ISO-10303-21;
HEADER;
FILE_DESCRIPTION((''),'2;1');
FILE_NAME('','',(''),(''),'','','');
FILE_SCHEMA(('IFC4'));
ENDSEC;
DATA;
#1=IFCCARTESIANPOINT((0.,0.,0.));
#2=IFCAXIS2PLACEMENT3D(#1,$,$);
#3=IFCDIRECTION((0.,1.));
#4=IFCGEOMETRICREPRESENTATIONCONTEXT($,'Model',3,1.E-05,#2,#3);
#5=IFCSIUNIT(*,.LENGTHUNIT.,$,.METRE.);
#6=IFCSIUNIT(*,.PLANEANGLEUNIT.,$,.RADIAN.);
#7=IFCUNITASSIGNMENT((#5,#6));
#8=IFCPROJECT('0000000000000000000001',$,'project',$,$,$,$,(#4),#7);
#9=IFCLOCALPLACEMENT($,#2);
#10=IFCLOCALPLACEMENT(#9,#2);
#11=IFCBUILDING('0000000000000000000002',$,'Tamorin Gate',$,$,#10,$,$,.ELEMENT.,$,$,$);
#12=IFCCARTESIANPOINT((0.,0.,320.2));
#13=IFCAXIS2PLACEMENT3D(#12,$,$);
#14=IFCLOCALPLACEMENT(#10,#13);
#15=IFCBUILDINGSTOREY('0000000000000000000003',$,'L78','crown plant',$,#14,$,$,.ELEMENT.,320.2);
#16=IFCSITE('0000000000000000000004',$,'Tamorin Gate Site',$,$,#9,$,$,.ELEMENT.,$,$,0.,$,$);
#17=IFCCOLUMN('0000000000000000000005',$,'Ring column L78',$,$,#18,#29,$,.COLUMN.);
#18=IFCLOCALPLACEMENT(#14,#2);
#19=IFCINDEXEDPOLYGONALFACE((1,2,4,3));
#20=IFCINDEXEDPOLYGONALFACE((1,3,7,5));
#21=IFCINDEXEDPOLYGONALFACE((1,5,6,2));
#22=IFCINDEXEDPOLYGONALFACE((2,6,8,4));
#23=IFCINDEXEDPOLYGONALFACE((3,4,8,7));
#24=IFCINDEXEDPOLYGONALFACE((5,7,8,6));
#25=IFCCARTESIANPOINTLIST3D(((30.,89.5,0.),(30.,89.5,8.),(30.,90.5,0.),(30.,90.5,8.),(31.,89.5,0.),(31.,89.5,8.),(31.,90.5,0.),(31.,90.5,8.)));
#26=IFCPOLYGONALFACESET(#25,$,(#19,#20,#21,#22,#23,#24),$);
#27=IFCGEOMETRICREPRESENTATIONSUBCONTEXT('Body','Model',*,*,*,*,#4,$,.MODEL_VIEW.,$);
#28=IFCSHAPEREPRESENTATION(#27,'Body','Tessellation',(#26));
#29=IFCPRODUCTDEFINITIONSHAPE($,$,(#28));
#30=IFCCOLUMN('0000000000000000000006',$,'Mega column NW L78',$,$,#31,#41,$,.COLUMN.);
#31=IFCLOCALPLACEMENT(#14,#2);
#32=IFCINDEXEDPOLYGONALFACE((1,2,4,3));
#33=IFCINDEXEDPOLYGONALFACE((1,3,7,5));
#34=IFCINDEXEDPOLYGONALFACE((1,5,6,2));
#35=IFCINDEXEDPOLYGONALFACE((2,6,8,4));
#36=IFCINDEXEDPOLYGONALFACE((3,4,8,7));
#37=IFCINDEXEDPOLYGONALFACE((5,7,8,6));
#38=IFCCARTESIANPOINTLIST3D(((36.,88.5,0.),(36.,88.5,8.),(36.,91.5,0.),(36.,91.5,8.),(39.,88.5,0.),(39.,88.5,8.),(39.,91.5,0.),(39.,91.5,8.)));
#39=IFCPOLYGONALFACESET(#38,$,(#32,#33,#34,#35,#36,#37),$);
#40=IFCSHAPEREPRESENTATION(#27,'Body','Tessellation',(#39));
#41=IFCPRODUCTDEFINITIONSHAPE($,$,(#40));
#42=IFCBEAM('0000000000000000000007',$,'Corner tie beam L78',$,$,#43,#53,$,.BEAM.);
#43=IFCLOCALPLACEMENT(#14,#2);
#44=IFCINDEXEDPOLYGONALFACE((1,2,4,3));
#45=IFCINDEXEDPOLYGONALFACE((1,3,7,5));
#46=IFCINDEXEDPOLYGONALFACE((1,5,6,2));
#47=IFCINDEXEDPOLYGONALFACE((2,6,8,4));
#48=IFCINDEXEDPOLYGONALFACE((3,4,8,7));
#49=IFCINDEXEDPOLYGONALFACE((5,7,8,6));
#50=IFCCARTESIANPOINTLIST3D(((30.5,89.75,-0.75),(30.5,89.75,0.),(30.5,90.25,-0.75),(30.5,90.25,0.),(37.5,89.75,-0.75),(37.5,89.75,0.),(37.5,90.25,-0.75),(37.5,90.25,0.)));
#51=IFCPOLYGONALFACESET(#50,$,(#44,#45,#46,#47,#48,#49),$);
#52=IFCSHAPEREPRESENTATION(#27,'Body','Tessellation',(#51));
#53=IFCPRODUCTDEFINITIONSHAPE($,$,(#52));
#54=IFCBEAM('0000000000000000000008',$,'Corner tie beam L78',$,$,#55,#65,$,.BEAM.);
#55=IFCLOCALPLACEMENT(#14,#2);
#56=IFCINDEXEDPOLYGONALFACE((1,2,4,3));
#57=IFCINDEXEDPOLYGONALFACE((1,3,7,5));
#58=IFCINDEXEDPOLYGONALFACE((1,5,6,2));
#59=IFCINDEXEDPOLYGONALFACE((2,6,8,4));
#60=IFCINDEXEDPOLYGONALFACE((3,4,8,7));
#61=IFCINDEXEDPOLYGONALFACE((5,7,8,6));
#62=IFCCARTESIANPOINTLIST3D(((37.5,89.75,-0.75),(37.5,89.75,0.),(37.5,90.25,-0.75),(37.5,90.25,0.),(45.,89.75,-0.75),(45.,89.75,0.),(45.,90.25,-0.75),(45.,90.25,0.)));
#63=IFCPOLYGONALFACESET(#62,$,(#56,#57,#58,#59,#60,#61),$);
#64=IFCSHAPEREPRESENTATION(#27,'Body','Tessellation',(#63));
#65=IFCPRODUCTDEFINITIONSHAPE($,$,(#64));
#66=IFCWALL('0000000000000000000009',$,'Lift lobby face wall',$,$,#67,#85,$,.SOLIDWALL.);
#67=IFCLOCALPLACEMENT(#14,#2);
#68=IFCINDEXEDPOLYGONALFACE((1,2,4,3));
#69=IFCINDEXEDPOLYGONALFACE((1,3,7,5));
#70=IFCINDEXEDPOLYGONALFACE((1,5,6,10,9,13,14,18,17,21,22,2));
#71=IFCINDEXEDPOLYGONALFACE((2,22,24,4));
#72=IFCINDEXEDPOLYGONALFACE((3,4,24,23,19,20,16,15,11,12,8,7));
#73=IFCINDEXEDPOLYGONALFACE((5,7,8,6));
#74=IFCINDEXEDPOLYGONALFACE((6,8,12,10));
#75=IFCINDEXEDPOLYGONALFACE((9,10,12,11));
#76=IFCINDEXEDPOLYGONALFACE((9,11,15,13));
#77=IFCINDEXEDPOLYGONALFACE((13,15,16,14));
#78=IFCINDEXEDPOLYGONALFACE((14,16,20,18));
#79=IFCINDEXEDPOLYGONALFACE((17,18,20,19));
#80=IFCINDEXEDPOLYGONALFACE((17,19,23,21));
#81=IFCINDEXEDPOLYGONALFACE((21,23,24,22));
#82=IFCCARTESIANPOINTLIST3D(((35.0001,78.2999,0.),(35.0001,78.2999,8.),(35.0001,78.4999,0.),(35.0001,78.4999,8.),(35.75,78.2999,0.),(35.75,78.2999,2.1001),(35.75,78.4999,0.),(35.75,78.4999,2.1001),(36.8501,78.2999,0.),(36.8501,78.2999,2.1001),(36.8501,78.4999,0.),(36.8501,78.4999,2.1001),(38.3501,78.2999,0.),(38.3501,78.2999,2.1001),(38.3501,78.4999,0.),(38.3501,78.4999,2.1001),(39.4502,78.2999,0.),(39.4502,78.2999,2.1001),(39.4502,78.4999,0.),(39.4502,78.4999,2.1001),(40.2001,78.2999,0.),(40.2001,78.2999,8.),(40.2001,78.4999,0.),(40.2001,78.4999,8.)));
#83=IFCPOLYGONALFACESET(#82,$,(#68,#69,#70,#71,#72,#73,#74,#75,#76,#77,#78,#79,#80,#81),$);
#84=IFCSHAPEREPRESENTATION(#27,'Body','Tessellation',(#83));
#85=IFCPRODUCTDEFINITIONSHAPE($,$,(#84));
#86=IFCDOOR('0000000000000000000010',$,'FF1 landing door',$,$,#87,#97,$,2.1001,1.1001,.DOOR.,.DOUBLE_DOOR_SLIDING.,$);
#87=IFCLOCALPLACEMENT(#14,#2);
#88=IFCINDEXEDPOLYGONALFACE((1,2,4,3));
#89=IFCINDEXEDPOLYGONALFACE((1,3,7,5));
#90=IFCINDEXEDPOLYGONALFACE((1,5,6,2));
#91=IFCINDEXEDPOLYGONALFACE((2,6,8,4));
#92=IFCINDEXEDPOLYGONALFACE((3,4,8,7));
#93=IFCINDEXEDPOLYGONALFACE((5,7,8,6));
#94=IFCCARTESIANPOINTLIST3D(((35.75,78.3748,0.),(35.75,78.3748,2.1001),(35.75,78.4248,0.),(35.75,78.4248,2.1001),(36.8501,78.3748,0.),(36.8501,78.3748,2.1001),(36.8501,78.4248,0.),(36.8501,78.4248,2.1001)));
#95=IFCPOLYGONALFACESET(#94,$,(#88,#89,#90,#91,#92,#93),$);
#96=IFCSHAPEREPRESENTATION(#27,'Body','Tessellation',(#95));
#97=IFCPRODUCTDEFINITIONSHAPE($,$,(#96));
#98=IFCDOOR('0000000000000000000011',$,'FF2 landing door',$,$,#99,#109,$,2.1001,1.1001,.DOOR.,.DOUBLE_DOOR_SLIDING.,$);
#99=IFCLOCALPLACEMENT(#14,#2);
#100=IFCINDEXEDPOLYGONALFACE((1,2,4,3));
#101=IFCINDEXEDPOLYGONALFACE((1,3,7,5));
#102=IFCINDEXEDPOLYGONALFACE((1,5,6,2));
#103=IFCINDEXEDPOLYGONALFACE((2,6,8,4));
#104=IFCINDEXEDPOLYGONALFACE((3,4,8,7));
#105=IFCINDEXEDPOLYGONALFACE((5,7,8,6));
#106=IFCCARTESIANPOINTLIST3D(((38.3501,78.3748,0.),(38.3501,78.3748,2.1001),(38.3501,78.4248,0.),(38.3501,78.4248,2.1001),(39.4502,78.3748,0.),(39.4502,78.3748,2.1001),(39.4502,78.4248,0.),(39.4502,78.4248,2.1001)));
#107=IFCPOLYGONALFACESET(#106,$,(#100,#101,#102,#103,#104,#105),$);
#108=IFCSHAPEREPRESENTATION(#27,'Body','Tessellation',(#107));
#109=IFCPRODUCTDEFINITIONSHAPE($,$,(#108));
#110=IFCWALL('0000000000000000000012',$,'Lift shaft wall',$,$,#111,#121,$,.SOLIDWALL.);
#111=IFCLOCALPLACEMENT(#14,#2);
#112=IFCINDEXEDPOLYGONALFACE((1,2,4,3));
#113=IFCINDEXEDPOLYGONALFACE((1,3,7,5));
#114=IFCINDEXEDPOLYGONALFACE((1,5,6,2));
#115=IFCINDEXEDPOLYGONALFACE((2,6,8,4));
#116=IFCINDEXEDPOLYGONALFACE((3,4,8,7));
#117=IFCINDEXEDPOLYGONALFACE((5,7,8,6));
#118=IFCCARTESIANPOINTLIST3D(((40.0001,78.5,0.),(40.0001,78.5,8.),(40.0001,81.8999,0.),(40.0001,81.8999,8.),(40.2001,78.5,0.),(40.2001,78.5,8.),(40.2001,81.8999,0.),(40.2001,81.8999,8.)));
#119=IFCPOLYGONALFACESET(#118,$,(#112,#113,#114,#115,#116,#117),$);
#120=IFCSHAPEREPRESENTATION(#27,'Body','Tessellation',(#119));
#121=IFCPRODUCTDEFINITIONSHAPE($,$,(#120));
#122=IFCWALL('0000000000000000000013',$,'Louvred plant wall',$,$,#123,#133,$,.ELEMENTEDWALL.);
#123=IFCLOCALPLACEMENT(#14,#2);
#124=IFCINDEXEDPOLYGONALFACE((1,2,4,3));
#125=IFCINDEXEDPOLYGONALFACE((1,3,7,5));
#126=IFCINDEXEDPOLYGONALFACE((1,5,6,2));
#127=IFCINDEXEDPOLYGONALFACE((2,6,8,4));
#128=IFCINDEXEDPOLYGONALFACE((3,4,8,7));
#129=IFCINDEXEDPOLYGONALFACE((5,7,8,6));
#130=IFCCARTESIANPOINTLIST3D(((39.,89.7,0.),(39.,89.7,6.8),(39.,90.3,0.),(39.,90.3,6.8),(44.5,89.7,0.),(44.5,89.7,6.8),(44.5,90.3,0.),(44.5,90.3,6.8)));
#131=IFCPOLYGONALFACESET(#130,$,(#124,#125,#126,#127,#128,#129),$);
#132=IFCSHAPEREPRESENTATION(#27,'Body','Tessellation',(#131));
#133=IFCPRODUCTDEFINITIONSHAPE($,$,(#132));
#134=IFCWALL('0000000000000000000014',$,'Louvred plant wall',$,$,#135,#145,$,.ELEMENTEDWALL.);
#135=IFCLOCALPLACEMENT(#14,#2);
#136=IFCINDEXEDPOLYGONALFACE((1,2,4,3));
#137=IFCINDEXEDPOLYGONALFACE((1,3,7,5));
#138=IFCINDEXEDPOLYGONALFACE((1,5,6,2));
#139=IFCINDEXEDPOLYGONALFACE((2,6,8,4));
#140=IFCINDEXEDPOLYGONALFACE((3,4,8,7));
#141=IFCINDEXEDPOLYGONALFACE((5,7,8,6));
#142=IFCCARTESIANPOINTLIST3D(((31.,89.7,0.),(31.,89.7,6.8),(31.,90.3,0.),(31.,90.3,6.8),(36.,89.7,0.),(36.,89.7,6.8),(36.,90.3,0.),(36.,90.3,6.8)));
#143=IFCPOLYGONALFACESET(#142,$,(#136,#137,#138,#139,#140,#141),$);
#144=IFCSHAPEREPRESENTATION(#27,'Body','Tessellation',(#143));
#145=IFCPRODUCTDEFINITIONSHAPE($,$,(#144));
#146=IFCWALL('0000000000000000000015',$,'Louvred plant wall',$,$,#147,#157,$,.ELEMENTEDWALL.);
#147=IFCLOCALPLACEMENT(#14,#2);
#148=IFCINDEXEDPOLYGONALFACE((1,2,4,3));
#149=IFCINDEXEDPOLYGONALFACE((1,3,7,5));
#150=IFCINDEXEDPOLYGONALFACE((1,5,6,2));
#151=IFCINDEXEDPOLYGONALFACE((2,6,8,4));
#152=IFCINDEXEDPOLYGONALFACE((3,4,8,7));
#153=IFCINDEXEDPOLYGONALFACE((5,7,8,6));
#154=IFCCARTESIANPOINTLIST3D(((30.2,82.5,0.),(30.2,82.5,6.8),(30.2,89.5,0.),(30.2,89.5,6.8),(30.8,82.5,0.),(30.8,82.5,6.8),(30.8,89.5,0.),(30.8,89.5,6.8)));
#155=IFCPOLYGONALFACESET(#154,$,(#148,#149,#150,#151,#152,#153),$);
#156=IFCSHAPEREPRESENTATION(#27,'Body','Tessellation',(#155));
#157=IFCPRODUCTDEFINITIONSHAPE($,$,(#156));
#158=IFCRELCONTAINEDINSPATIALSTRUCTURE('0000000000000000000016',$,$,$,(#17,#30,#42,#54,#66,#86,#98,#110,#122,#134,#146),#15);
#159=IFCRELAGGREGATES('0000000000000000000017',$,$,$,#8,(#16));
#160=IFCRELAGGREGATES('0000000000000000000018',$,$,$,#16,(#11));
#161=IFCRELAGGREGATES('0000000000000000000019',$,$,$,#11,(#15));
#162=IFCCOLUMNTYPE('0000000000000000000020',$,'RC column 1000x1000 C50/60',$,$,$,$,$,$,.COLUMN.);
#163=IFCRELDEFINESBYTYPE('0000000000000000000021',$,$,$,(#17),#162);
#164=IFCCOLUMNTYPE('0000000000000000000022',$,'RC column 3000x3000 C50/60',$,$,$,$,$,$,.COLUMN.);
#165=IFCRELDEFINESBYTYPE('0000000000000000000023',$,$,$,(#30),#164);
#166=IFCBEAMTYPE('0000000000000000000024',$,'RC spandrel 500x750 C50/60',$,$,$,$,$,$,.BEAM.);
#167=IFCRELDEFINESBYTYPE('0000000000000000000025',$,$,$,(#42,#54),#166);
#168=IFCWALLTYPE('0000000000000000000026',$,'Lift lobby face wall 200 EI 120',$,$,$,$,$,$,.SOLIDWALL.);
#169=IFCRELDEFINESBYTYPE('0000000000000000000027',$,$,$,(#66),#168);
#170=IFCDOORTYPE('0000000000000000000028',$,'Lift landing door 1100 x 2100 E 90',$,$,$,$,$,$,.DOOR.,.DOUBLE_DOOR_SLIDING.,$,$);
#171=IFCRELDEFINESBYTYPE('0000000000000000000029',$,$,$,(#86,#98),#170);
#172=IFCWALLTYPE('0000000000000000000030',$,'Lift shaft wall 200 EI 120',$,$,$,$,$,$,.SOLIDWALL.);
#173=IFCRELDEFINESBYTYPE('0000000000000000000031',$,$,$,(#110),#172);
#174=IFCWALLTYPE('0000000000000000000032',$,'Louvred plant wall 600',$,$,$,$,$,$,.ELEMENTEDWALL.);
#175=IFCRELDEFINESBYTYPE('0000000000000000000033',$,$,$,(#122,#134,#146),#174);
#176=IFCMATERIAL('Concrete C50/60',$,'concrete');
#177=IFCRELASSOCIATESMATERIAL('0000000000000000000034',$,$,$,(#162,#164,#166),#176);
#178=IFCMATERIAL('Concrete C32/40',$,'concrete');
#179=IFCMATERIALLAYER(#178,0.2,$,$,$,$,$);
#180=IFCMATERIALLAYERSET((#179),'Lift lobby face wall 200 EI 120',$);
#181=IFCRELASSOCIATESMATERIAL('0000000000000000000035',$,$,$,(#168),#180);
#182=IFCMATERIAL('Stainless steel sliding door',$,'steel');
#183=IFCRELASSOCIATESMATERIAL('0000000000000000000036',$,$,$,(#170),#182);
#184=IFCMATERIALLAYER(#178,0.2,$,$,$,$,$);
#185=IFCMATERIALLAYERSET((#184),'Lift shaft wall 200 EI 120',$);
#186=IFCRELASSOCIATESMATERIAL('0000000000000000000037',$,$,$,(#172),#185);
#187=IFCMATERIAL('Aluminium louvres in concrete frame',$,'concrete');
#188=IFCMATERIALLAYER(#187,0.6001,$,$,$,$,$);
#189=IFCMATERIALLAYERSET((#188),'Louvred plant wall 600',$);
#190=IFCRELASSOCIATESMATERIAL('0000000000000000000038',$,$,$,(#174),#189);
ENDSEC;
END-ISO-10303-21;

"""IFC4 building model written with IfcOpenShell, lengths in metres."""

from ifc_helpers import new_model, si_unit, direction, frame, frame_2d, origin, origin_2d, place, context, subcontext, project, spatial, rectangle, extrude, material, layer, layer_set, material_profile, profile_set, type_object, element, fill, save


model = new_model("IFC4")

# Units and contexts
model_context = context("Model", 3, precision=1e-05, world=origin(), true_north=direction((0.0, 1.0)))
body_context = subcontext(model_context, "Body", "Model", "MODEL_VIEW")
ifc_project = project(units=[si_unit("LENGTHUNIT", "METRE"), si_unit("PLANEANGLEUNIT", "RADIAN")], contexts=[model_context])

# Site, building, storey
site_placement = place(None, origin())
site = spatial("IfcSite", under=ifc_project, at=site_placement, Name="Tamorin Gate Site", CompositionType="ELEMENT", RefElevation=0.0)
building_placement = place(site_placement, origin())
building = spatial("IfcBuilding", under=site, at=building_placement, Name="Tamorin Gate", CompositionType="ELEMENT")
storey_placement = place(building_placement, frame((0.0, 0.0, 320.2)))
storey = spatial("IfcBuildingStorey", under=building, at=storey_placement, Name="L78", Description="crown plant", CompositionType="ELEMENT", Elevation=320.2)

# Columns
ifc_material_1 = material(Name="Concrete C50/60", Category="concrete")
ifc_material_profile_1 = material_profile(ifc_material_1, rectangle(XDim=1.0, YDim=1.0, at=origin_2d()), Name="RC 1000x1000")
ifc_profile_set_1 = profile_set([ifc_material_profile_1], Name="Concrete C50/60")
column_type_1 = type_object("IfcColumnType", Name="RC column 1000x1000 C50/60", PredefinedType="COLUMN", material=ifc_profile_set_1)
column_1_placement = place(storey_placement, frame((30.5, 90.0, 0.0), z_axis=(0.0, 0.0, 1.0), x_axis=(1.0, 0.0, 0.0)))
element("IfcColumn", 1, at=column_1_placement, inside=storey, type_object=column_type_1, Name="Ring column L78", PredefinedType="COLUMN", context=body_context, shape_type="SweptSolid", body=[
    extrude(rectangle(XDim=1.0, YDim=1.0, at=origin_2d()), origin(), (0.0, 0.0, 1.0), 8.0),
])
ifc_material_profile_2 = material_profile(ifc_material_1, rectangle(XDim=3.0, YDim=3.0, at=origin_2d()), Name="RC 3000x3000")
ifc_profile_set_2 = profile_set([ifc_material_profile_2], Name="Concrete C50/60")
column_type_2 = type_object("IfcColumnType", Name="RC column 3000x3000 C50/60", PredefinedType="COLUMN", material=ifc_profile_set_2)
column_2_placement = place(storey_placement, frame((37.5, 90.0, 0.0), z_axis=(0.0, 0.0, 1.0), x_axis=(1.0, 0.0, 0.0)))
element("IfcColumn", 2, at=column_2_placement, inside=storey, type_object=column_type_2, Name="Mega column NW L78", PredefinedType="COLUMN", context=body_context, shape_type="SweptSolid", body=[
    extrude(rectangle(XDim=3.0, YDim=3.0, at=origin_2d()), origin(), (0.0, 0.0, 1.0), 8.0),
])

# Beams
ifc_material_profile_3 = material_profile(ifc_material_1, rectangle(XDim=0.5, YDim=0.75, at=origin_2d()), Name="RC 500x750")
ifc_profile_set_3 = profile_set([ifc_material_profile_3], Name="Concrete C50/60")
beam_type = type_object("IfcBeamType", Name="RC spandrel 500x750 C50/60", PredefinedType="BEAM", material=ifc_profile_set_3)
beam_1_placement = place(storey_placement, frame((37.5, 90.0, -0.375), z_axis=(-1.0, 0.0, 0.0), x_axis=(0.0, -1.0, 0.0)))
element("IfcBeam", 3, at=beam_1_placement, inside=storey, type_object=beam_type, Name="Corner tie beam L78", PredefinedType="BEAM", context=body_context, shape_type="SweptSolid", body=[
    extrude(rectangle(XDim=0.5, YDim=0.75, at=origin_2d()), origin(), (0.0, 0.0, 1.0), 7.0),
])
beam_2_placement = place(storey_placement, frame((37.5, 90.0, -0.375), z_axis=(1.0, 0.0, 0.0), x_axis=(0.0, 1.0, 0.0)))
element("IfcBeam", 4, at=beam_2_placement, inside=storey, type_object=beam_type, Name="Corner tie beam L78", PredefinedType="BEAM", context=body_context, shape_type="SweptSolid", body=[
    extrude(rectangle(XDim=0.5, YDim=0.75, at=origin_2d()), origin(), (0.0, 0.0, 1.0), 7.5),
])

# Wall, openings, doors
ifc_material_2 = material(Name="Concrete C32/40", Category="concrete")
ifc_layer_1 = layer(ifc_material_2, 0.2)
ifc_layer_set_1 = layer_set([ifc_layer_1], Name="Lift lobby face wall 200 EI 120")
wall_type_1 = type_object("IfcWallType", Name="Lift lobby face wall 200 EI 120", PredefinedType="SOLIDWALL", material=ifc_layer_set_1)
wall_1_placement = place(storey_placement, frame((35.0, 78.3999, 0.0), z_axis=(0.0, 0.0, 1.0), x_axis=(1.0, 0.0, 0.0)))
wall_1 = element("IfcWall", 5, at=wall_1_placement, inside=storey, type_object=wall_type_1, Name="Lift lobby face wall", PredefinedType="SOLIDWALL", context=body_context, shape_type="SweptSolid", body=[
    extrude(rectangle(XDim=5.2, YDim=0.2, at=frame_2d((2.6001, 0.0))), origin(), (0.0, 0.0, 1.0), 8.0),
])
opening_1_placement = place(wall_1_placement, frame((0.75, 0.0, 0.0)))
opening_1 = element("IfcOpeningElement", 6, at=opening_1_placement, cuts=wall_1, PredefinedType="OPENING", context=body_context, shape_type="SweptSolid", body=[
    extrude(rectangle(XDim=1.1001, YDim=2.1001, at=frame_2d((0.55, 1.05))), frame((0.0, 0.1099, 0.0), z_axis=(0.0, -1.0, 0.0), x_axis=(1.0, 0.0, 0.0)), (0.0, 0.0, 1.0), 0.22),
])
opening_2_placement = place(wall_1_placement, frame((3.3501, 0.0, 0.0)))
opening_2 = element("IfcOpeningElement", 7, at=opening_2_placement, cuts=wall_1, PredefinedType="OPENING", context=body_context, shape_type="SweptSolid", body=[
    extrude(rectangle(XDim=1.1001, YDim=2.1001, at=frame_2d((0.55, 1.05))), frame((0.0, 0.1099, 0.0), z_axis=(0.0, -1.0, 0.0), x_axis=(1.0, 0.0, 0.0)), (0.0, 0.0, 1.0), 0.22),
])
ifc_material_3 = material(Name="Stainless steel sliding door", Category="steel")
door_type_1 = type_object("IfcDoorType", Name="Lift landing door 1100 x 2100 E 90", OperationType="DOUBLE_DOOR_SLIDING", PredefinedType="DOOR", material=ifc_material_3)
door_1_placement = place(opening_1_placement, origin())
door_1 = element("IfcDoor", 8, at=door_1_placement, inside=storey, type_object=door_type_1, Name="FF1 landing door", OperationType="DOUBLE_DOOR_SLIDING", OverallHeight=2.1001, OverallWidth=1.1001, PredefinedType="DOOR", context=body_context, shape_type="SweptSolid", body=[
    extrude(rectangle(XDim=1.1001, YDim=2.1001, at=frame_2d((0.55, 1.05))), frame((0.0, 0.0249, 0.0), z_axis=(0.0, -1.0, 0.0), x_axis=(1.0, 0.0, 0.0)), (0.0, 0.0, 1.0), 0.05),
])
fill(opening_1, door_1)
door_2_placement = place(opening_2_placement, origin())
door_2 = element("IfcDoor", 9, at=door_2_placement, inside=storey, type_object=door_type_1, Name="FF2 landing door", OperationType="DOUBLE_DOOR_SLIDING", OverallHeight=2.1001, OverallWidth=1.1001, PredefinedType="DOOR", context=body_context, shape_type="SweptSolid", body=[
    extrude(rectangle(XDim=1.1001, YDim=2.1001, at=frame_2d((0.55, 1.05))), frame((0.0, 0.0249, 0.0), z_axis=(0.0, -1.0, 0.0), x_axis=(1.0, 0.0, 0.0)), (0.0, 0.0, 1.0), 0.05),
])
fill(opening_2, door_2)

# Walls
ifc_layer_2 = layer(ifc_material_2, 0.2)
ifc_layer_set_2 = layer_set([ifc_layer_2], Name="Lift shaft wall 200 EI 120")
wall_type_2 = type_object("IfcWallType", Name="Lift shaft wall 200 EI 120", PredefinedType="SOLIDWALL", material=ifc_layer_set_2)
wall_2_placement = place(storey_placement, frame((40.1001, 78.5, 0.0), z_axis=(0.0, 0.0, 1.0), x_axis=(0.0, 1.0, 0.0)))
element("IfcWall", 10, at=wall_2_placement, inside=storey, type_object=wall_type_2, Name="Lift shaft wall", PredefinedType="SOLIDWALL", context=body_context, shape_type="SweptSolid", body=[
    extrude(rectangle(XDim=3.3999, YDim=0.2, at=frame_2d((1.7, 0.0))), origin(), (0.0, 0.0, 1.0), 8.0),
])
ifc_material_4 = material(Name="Aluminium louvres in concrete frame", Category="concrete")
ifc_layer_3 = layer(ifc_material_4, 0.6001)
ifc_layer_set_3 = layer_set([ifc_layer_3], Name="Louvred plant wall 600")
wall_type_3 = type_object("IfcWallType", Name="Louvred plant wall 600", PredefinedType="ELEMENTEDWALL", material=ifc_layer_set_3)
wall_3_placement = place(storey_placement, frame((44.5, 90.0, 0.0), z_axis=(0.0, 0.0, 1.0), x_axis=(-1.0, 0.0, 0.0)))
element("IfcWall", 11, at=wall_3_placement, inside=storey, type_object=wall_type_3, Name="Louvred plant wall", PredefinedType="ELEMENTEDWALL", context=body_context, shape_type="SweptSolid", body=[
    extrude(rectangle(XDim=5.5, YDim=0.6001, at=frame_2d((2.75, 0.0))), origin(), (0.0, 0.0, 1.0), 6.8),
])
wall_4_placement = place(storey_placement, frame((36.0, 90.0, 0.0), z_axis=(0.0, 0.0, 1.0), x_axis=(-1.0, 0.0, 0.0)))
element("IfcWall", 12, at=wall_4_placement, inside=storey, type_object=wall_type_3, Name="Louvred plant wall", PredefinedType="ELEMENTEDWALL", context=body_context, shape_type="SweptSolid", body=[
    extrude(rectangle(XDim=5.0, YDim=0.6001, at=frame_2d((2.5, 0.0))), origin(), (0.0, 0.0, 1.0), 6.8),
])
wall_5_placement = place(storey_placement, frame((30.5, 89.5, 0.0), z_axis=(0.0, 0.0, 1.0), x_axis=(0.0, -1.0, 0.0)))
element("IfcWall", 13, at=wall_5_placement, inside=storey, type_object=wall_type_3, Name="Louvred plant wall", PredefinedType="ELEMENTEDWALL", context=body_context, shape_type="SweptSolid", body=[
    extrude(rectangle(XDim=7.0, YDim=0.6001, at=frame_2d((3.5, 0.0))), origin(), (0.0, 0.0, 1.0), 6.8),
])

save(model, "model.ifc")
